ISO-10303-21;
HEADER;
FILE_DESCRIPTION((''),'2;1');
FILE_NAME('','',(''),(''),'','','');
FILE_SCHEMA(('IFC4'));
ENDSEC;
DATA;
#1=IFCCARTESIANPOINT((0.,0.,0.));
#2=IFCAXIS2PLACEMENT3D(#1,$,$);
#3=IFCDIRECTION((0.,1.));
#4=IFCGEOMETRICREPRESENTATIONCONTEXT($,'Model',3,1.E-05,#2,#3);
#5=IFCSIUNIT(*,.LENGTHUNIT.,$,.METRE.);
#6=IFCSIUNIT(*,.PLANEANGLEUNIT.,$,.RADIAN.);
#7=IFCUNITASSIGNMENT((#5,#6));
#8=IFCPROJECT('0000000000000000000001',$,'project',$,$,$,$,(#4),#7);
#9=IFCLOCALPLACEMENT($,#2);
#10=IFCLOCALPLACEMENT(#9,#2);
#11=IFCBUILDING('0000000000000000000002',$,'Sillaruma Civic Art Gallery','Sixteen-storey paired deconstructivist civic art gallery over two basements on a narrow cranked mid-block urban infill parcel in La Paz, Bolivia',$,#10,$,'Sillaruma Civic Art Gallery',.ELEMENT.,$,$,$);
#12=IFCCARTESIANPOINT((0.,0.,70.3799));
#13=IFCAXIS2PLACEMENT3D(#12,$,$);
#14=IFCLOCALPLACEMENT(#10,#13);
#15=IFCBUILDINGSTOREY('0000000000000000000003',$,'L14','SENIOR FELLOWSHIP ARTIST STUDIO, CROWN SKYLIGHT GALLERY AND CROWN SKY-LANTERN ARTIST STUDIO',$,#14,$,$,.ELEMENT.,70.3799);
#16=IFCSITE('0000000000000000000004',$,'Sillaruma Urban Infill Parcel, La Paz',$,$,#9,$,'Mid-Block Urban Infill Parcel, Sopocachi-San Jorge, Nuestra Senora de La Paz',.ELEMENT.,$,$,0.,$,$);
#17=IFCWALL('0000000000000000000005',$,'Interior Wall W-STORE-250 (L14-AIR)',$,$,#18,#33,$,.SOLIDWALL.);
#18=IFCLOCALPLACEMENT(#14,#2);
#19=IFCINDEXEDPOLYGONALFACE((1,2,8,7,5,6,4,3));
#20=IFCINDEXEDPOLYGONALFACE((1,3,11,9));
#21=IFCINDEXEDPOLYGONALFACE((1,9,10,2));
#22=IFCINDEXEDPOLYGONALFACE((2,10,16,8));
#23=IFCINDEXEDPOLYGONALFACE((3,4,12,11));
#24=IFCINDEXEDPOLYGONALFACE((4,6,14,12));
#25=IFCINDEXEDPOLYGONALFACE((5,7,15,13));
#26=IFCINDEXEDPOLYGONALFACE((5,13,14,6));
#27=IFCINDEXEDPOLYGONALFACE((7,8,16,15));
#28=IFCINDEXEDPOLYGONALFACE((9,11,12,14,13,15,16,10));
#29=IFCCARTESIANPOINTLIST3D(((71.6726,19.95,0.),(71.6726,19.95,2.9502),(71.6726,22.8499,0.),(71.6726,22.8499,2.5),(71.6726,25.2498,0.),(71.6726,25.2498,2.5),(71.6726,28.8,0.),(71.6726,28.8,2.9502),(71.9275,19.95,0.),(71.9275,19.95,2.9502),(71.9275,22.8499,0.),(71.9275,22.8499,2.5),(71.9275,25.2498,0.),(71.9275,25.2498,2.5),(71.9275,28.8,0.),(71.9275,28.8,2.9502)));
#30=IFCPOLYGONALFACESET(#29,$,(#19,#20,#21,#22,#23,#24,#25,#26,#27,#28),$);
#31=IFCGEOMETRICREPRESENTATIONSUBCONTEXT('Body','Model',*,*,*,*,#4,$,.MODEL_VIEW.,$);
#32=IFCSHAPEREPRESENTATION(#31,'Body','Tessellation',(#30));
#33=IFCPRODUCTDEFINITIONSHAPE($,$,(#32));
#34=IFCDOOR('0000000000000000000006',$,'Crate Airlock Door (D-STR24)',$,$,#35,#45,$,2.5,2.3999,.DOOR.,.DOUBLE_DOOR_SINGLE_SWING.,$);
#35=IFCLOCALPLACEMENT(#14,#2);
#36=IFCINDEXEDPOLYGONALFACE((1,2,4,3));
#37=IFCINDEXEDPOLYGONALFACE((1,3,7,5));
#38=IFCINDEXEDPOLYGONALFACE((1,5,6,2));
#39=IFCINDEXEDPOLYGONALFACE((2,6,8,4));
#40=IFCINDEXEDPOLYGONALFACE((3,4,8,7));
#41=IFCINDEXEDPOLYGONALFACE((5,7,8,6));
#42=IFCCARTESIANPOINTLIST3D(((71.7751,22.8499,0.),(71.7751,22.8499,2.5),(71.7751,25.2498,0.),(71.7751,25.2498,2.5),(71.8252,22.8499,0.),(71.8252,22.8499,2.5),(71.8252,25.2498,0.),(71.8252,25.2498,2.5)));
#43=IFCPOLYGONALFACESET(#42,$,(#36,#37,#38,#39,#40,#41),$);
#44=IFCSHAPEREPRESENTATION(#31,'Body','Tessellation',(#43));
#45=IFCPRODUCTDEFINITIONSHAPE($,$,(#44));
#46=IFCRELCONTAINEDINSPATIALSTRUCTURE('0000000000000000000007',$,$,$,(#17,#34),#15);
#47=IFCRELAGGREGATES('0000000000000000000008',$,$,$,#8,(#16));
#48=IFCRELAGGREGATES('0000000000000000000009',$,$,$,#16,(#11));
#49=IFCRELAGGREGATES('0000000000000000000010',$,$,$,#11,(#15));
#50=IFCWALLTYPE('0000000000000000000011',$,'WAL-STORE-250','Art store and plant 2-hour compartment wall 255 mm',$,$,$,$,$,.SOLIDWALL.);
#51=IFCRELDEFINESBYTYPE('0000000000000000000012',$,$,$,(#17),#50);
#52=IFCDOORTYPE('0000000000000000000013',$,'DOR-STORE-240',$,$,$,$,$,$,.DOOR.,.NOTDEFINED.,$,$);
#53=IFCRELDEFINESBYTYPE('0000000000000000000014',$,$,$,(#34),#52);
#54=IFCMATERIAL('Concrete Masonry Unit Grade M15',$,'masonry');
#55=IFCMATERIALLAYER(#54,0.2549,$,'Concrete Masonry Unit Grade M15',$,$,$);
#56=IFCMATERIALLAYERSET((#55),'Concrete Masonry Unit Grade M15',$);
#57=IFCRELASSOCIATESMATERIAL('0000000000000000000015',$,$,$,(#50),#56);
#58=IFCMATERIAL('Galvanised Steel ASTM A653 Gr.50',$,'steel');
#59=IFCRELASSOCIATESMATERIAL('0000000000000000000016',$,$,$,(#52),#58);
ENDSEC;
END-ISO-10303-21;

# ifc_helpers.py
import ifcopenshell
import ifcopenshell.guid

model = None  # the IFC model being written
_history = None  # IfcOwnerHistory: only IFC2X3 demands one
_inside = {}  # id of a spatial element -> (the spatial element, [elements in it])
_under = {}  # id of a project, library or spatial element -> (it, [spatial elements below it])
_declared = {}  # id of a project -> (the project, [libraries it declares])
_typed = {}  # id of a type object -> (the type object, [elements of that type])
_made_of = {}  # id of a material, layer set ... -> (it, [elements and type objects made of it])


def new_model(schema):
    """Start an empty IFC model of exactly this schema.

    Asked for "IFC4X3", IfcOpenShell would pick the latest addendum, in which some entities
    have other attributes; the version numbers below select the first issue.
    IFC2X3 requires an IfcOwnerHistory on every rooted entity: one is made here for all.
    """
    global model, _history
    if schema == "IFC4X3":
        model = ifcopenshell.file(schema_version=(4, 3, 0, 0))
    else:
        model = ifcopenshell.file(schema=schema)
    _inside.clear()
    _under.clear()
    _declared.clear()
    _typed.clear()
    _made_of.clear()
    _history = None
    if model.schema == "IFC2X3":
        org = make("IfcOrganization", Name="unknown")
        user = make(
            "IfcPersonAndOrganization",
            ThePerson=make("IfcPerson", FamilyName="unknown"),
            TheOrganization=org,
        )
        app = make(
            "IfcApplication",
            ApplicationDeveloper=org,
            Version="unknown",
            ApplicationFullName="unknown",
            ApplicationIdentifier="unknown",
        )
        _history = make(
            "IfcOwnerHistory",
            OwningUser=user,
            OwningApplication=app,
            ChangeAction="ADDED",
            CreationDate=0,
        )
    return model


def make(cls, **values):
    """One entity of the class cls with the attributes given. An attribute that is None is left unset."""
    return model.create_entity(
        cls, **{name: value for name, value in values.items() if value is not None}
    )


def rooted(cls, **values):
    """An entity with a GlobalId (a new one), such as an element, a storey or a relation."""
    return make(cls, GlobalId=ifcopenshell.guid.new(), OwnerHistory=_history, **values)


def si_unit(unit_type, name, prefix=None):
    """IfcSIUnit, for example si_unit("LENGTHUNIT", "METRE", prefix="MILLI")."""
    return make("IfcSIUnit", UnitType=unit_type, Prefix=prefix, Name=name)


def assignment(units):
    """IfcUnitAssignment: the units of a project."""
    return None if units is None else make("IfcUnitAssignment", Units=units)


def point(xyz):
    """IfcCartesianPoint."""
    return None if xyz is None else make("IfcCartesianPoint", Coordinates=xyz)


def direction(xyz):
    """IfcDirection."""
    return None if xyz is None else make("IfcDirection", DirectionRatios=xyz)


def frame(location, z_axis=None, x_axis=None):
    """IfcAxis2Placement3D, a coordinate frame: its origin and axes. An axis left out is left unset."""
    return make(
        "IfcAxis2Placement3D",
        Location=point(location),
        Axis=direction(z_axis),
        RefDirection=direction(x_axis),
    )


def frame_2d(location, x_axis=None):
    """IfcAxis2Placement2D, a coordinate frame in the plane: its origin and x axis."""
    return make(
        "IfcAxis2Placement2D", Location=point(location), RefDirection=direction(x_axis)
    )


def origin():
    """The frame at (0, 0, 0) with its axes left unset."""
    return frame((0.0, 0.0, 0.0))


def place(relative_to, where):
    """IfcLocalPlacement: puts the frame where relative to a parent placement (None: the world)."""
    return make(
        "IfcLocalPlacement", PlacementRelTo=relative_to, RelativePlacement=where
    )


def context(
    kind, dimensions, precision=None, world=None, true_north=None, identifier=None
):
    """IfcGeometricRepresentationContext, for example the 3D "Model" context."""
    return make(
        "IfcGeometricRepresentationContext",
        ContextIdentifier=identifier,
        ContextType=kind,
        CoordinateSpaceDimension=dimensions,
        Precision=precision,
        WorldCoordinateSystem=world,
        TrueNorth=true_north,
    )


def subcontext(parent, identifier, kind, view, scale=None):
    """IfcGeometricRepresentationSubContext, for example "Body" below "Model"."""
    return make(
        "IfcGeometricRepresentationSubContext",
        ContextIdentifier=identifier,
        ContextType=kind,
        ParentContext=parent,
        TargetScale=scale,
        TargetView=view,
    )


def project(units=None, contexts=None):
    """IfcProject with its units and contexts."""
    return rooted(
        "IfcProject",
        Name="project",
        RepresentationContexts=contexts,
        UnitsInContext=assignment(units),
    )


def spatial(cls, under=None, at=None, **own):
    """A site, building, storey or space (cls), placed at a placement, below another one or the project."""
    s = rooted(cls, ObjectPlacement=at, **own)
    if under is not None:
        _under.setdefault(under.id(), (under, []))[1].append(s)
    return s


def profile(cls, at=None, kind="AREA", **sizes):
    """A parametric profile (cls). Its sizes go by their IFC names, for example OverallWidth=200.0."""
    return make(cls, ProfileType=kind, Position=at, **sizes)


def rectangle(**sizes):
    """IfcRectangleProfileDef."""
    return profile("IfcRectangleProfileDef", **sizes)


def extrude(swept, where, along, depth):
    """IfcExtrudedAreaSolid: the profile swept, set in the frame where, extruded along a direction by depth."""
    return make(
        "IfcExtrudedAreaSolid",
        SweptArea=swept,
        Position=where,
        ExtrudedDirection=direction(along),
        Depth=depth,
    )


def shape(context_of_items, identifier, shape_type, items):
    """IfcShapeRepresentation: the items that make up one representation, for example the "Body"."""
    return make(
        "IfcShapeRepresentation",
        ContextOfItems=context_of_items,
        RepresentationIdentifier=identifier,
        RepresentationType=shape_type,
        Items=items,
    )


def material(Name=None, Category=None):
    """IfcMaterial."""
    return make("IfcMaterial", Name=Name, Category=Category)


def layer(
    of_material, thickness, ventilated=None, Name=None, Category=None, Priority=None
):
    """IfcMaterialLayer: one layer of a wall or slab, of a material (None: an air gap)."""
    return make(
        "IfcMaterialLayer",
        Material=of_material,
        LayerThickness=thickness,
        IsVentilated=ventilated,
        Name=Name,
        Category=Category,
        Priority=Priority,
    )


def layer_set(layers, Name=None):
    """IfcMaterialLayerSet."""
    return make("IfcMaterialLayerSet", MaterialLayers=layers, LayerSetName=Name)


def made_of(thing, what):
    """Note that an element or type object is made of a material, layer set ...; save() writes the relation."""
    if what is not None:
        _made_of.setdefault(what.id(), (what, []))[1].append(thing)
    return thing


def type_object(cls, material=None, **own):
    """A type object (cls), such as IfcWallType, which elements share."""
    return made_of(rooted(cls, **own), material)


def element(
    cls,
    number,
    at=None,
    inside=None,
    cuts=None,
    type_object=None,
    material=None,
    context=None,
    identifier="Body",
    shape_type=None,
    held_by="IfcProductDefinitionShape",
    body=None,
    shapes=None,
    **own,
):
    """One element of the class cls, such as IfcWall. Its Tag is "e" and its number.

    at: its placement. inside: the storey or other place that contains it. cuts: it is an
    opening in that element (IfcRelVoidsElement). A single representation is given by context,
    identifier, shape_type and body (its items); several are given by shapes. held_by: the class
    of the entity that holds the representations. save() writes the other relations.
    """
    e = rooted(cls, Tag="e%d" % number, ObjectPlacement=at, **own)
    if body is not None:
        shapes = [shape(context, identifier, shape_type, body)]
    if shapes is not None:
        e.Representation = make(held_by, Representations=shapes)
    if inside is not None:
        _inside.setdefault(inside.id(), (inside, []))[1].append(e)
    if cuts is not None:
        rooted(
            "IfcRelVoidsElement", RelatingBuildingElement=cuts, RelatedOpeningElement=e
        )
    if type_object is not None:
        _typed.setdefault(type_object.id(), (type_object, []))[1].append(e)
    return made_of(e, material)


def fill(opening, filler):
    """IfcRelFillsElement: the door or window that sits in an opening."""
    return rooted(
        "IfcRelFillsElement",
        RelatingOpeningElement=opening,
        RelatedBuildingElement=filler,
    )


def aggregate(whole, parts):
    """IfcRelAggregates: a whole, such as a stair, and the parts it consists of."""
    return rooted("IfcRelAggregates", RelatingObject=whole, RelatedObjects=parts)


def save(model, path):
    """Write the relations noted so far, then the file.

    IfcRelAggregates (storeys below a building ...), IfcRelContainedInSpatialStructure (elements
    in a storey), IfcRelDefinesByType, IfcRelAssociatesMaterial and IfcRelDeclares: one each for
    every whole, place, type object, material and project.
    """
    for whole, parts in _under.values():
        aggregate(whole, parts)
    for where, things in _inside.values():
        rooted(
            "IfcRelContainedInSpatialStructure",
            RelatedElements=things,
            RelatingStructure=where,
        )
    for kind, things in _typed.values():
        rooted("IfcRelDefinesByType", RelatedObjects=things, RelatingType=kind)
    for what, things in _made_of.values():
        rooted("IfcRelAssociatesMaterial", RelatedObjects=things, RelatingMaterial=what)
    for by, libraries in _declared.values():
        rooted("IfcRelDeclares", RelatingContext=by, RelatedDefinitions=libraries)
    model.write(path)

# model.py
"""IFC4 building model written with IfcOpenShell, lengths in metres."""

from ifc_helpers import new_model, si_unit, direction, frame, frame_2d, origin, place, context, subcontext, project, spatial, rectangle, extrude, material, layer, layer_set, type_object, element, fill, save


model = new_model("IFC4")

# Units and contexts
model_context = context("Model", 3, precision=1e-05, world=origin(), true_north=direction((0.0, 1.0)))
body_context = subcontext(model_context, "Body", "Model", "MODEL_VIEW")
ifc_project = project(units=[si_unit("LENGTHUNIT", "METRE"), si_unit("PLANEANGLEUNIT", "RADIAN")], contexts=[model_context])

# Site, building, storey
site_placement = place(None, origin())
site = spatial("IfcSite", under=ifc_project, at=site_placement, Name="Sillaruma Urban Infill Parcel, La Paz", LongName="Mid-Block Urban Infill Parcel, Sopocachi-San Jorge, Nuestra Senora de La Paz", CompositionType="ELEMENT", RefElevation=0.0)
building_placement = place(site_placement, origin())
building = spatial("IfcBuilding", under=site, at=building_placement, Name="Sillaruma Civic Art Gallery", Description="Sixteen-storey paired deconstructivist civic art gallery over two basements on a narrow cranked mid-block urban infill parcel in La Paz, Bolivia", LongName="Sillaruma Civic Art Gallery", CompositionType="ELEMENT")
storey_placement = place(building_placement, frame((0.0, 0.0, 70.3799)))
storey = spatial("IfcBuildingStorey", under=building, at=storey_placement, Name="L14", Description="SENIOR FELLOWSHIP ARTIST STUDIO, CROWN SKYLIGHT GALLERY AND CROWN SKY-LANTERN ARTIST STUDIO", CompositionType="ELEMENT", Elevation=70.3799)

# Wall, opening, door
ifc_material_1 = material(Name="Galvanised Steel ASTM A653 Gr.50", Category="steel")
ifc_material_2 = material(Name="Concrete Masonry Unit Grade M15", Category="masonry")
ifc_layer_1 = layer(ifc_material_2, 0.2549, Name="Concrete Masonry Unit Grade M15")
ifc_layer_set_1 = layer_set([ifc_layer_1], Name="Concrete Masonry Unit Grade M15")
wall_type_1 = type_object("IfcWallType", Name="WAL-STORE-250", Description="Art store and plant 2-hour compartment wall 255 mm", PredefinedType="SOLIDWALL", material=ifc_layer_set_1)
wall_1_placement = place(storey_placement, frame((71.8, 19.95, 0.0), z_axis=(0.0, 0.0, 1.0), x_axis=(0.0, 1.0, 0.0)))
wall_1 = element("IfcWall", 1, at=wall_1_placement, inside=storey, type_object=wall_type_1, Name="Interior Wall W-STORE-250 (L14-AIR)", PredefinedType="SOLIDWALL", context=body_context, shape_type="SweptSolid", body=[
    extrude(rectangle(XDim=8.8501, YDim=0.2549, at=frame_2d((4.425, 0.0))), origin(), (0.0, 0.0, 1.0), 2.9502),
])
opening_1_placement = place(wall_1_placement, frame((2.8999, 0.0, 0.0)))
opening_1 = element("IfcOpeningElement", 2, at=opening_1_placement, cuts=wall_1, PredefinedType="OPENING", context=body_context, shape_type="SweptSolid", body=[
    extrude(rectangle(XDim=2.3999, YDim=2.5, at=frame_2d((1.2, 1.25))), frame((0.0, 0.1375, 0.0), z_axis=(0.0, -1.0, 0.0), x_axis=(1.0, 0.0, 0.0)), (0.0, 0.0, 1.0), 0.2749),
])
door_type_1 = type_object("IfcDoorType", Name="DOR-STORE-240", OperationType="NOTDEFINED", PredefinedType="DOOR", material=ifc_material_1)
door_1_placement = place(opening_1_placement, origin())
door_1 = element("IfcDoor", 3, at=door_1_placement, inside=storey, type_object=door_type_1, Name="Crate Airlock Door (D-STR24)", OperationType="DOUBLE_DOOR_SINGLE_SWING", OverallHeight=2.5, OverallWidth=2.3999, PredefinedType="DOOR", context=body_context, shape_type="SweptSolid", body=[
    extrude(rectangle(XDim=2.3999, YDim=2.5, at=frame_2d((1.2, 1.25))), frame((0.0, 0.0249, 0.0), z_axis=(0.0, -1.0, 0.0), x_axis=(1.0, 0.0, 0.0)), (0.0, 0.0, 1.0), 0.05),
])
fill(opening_1, door_1)

save(model, "model.ifc")
